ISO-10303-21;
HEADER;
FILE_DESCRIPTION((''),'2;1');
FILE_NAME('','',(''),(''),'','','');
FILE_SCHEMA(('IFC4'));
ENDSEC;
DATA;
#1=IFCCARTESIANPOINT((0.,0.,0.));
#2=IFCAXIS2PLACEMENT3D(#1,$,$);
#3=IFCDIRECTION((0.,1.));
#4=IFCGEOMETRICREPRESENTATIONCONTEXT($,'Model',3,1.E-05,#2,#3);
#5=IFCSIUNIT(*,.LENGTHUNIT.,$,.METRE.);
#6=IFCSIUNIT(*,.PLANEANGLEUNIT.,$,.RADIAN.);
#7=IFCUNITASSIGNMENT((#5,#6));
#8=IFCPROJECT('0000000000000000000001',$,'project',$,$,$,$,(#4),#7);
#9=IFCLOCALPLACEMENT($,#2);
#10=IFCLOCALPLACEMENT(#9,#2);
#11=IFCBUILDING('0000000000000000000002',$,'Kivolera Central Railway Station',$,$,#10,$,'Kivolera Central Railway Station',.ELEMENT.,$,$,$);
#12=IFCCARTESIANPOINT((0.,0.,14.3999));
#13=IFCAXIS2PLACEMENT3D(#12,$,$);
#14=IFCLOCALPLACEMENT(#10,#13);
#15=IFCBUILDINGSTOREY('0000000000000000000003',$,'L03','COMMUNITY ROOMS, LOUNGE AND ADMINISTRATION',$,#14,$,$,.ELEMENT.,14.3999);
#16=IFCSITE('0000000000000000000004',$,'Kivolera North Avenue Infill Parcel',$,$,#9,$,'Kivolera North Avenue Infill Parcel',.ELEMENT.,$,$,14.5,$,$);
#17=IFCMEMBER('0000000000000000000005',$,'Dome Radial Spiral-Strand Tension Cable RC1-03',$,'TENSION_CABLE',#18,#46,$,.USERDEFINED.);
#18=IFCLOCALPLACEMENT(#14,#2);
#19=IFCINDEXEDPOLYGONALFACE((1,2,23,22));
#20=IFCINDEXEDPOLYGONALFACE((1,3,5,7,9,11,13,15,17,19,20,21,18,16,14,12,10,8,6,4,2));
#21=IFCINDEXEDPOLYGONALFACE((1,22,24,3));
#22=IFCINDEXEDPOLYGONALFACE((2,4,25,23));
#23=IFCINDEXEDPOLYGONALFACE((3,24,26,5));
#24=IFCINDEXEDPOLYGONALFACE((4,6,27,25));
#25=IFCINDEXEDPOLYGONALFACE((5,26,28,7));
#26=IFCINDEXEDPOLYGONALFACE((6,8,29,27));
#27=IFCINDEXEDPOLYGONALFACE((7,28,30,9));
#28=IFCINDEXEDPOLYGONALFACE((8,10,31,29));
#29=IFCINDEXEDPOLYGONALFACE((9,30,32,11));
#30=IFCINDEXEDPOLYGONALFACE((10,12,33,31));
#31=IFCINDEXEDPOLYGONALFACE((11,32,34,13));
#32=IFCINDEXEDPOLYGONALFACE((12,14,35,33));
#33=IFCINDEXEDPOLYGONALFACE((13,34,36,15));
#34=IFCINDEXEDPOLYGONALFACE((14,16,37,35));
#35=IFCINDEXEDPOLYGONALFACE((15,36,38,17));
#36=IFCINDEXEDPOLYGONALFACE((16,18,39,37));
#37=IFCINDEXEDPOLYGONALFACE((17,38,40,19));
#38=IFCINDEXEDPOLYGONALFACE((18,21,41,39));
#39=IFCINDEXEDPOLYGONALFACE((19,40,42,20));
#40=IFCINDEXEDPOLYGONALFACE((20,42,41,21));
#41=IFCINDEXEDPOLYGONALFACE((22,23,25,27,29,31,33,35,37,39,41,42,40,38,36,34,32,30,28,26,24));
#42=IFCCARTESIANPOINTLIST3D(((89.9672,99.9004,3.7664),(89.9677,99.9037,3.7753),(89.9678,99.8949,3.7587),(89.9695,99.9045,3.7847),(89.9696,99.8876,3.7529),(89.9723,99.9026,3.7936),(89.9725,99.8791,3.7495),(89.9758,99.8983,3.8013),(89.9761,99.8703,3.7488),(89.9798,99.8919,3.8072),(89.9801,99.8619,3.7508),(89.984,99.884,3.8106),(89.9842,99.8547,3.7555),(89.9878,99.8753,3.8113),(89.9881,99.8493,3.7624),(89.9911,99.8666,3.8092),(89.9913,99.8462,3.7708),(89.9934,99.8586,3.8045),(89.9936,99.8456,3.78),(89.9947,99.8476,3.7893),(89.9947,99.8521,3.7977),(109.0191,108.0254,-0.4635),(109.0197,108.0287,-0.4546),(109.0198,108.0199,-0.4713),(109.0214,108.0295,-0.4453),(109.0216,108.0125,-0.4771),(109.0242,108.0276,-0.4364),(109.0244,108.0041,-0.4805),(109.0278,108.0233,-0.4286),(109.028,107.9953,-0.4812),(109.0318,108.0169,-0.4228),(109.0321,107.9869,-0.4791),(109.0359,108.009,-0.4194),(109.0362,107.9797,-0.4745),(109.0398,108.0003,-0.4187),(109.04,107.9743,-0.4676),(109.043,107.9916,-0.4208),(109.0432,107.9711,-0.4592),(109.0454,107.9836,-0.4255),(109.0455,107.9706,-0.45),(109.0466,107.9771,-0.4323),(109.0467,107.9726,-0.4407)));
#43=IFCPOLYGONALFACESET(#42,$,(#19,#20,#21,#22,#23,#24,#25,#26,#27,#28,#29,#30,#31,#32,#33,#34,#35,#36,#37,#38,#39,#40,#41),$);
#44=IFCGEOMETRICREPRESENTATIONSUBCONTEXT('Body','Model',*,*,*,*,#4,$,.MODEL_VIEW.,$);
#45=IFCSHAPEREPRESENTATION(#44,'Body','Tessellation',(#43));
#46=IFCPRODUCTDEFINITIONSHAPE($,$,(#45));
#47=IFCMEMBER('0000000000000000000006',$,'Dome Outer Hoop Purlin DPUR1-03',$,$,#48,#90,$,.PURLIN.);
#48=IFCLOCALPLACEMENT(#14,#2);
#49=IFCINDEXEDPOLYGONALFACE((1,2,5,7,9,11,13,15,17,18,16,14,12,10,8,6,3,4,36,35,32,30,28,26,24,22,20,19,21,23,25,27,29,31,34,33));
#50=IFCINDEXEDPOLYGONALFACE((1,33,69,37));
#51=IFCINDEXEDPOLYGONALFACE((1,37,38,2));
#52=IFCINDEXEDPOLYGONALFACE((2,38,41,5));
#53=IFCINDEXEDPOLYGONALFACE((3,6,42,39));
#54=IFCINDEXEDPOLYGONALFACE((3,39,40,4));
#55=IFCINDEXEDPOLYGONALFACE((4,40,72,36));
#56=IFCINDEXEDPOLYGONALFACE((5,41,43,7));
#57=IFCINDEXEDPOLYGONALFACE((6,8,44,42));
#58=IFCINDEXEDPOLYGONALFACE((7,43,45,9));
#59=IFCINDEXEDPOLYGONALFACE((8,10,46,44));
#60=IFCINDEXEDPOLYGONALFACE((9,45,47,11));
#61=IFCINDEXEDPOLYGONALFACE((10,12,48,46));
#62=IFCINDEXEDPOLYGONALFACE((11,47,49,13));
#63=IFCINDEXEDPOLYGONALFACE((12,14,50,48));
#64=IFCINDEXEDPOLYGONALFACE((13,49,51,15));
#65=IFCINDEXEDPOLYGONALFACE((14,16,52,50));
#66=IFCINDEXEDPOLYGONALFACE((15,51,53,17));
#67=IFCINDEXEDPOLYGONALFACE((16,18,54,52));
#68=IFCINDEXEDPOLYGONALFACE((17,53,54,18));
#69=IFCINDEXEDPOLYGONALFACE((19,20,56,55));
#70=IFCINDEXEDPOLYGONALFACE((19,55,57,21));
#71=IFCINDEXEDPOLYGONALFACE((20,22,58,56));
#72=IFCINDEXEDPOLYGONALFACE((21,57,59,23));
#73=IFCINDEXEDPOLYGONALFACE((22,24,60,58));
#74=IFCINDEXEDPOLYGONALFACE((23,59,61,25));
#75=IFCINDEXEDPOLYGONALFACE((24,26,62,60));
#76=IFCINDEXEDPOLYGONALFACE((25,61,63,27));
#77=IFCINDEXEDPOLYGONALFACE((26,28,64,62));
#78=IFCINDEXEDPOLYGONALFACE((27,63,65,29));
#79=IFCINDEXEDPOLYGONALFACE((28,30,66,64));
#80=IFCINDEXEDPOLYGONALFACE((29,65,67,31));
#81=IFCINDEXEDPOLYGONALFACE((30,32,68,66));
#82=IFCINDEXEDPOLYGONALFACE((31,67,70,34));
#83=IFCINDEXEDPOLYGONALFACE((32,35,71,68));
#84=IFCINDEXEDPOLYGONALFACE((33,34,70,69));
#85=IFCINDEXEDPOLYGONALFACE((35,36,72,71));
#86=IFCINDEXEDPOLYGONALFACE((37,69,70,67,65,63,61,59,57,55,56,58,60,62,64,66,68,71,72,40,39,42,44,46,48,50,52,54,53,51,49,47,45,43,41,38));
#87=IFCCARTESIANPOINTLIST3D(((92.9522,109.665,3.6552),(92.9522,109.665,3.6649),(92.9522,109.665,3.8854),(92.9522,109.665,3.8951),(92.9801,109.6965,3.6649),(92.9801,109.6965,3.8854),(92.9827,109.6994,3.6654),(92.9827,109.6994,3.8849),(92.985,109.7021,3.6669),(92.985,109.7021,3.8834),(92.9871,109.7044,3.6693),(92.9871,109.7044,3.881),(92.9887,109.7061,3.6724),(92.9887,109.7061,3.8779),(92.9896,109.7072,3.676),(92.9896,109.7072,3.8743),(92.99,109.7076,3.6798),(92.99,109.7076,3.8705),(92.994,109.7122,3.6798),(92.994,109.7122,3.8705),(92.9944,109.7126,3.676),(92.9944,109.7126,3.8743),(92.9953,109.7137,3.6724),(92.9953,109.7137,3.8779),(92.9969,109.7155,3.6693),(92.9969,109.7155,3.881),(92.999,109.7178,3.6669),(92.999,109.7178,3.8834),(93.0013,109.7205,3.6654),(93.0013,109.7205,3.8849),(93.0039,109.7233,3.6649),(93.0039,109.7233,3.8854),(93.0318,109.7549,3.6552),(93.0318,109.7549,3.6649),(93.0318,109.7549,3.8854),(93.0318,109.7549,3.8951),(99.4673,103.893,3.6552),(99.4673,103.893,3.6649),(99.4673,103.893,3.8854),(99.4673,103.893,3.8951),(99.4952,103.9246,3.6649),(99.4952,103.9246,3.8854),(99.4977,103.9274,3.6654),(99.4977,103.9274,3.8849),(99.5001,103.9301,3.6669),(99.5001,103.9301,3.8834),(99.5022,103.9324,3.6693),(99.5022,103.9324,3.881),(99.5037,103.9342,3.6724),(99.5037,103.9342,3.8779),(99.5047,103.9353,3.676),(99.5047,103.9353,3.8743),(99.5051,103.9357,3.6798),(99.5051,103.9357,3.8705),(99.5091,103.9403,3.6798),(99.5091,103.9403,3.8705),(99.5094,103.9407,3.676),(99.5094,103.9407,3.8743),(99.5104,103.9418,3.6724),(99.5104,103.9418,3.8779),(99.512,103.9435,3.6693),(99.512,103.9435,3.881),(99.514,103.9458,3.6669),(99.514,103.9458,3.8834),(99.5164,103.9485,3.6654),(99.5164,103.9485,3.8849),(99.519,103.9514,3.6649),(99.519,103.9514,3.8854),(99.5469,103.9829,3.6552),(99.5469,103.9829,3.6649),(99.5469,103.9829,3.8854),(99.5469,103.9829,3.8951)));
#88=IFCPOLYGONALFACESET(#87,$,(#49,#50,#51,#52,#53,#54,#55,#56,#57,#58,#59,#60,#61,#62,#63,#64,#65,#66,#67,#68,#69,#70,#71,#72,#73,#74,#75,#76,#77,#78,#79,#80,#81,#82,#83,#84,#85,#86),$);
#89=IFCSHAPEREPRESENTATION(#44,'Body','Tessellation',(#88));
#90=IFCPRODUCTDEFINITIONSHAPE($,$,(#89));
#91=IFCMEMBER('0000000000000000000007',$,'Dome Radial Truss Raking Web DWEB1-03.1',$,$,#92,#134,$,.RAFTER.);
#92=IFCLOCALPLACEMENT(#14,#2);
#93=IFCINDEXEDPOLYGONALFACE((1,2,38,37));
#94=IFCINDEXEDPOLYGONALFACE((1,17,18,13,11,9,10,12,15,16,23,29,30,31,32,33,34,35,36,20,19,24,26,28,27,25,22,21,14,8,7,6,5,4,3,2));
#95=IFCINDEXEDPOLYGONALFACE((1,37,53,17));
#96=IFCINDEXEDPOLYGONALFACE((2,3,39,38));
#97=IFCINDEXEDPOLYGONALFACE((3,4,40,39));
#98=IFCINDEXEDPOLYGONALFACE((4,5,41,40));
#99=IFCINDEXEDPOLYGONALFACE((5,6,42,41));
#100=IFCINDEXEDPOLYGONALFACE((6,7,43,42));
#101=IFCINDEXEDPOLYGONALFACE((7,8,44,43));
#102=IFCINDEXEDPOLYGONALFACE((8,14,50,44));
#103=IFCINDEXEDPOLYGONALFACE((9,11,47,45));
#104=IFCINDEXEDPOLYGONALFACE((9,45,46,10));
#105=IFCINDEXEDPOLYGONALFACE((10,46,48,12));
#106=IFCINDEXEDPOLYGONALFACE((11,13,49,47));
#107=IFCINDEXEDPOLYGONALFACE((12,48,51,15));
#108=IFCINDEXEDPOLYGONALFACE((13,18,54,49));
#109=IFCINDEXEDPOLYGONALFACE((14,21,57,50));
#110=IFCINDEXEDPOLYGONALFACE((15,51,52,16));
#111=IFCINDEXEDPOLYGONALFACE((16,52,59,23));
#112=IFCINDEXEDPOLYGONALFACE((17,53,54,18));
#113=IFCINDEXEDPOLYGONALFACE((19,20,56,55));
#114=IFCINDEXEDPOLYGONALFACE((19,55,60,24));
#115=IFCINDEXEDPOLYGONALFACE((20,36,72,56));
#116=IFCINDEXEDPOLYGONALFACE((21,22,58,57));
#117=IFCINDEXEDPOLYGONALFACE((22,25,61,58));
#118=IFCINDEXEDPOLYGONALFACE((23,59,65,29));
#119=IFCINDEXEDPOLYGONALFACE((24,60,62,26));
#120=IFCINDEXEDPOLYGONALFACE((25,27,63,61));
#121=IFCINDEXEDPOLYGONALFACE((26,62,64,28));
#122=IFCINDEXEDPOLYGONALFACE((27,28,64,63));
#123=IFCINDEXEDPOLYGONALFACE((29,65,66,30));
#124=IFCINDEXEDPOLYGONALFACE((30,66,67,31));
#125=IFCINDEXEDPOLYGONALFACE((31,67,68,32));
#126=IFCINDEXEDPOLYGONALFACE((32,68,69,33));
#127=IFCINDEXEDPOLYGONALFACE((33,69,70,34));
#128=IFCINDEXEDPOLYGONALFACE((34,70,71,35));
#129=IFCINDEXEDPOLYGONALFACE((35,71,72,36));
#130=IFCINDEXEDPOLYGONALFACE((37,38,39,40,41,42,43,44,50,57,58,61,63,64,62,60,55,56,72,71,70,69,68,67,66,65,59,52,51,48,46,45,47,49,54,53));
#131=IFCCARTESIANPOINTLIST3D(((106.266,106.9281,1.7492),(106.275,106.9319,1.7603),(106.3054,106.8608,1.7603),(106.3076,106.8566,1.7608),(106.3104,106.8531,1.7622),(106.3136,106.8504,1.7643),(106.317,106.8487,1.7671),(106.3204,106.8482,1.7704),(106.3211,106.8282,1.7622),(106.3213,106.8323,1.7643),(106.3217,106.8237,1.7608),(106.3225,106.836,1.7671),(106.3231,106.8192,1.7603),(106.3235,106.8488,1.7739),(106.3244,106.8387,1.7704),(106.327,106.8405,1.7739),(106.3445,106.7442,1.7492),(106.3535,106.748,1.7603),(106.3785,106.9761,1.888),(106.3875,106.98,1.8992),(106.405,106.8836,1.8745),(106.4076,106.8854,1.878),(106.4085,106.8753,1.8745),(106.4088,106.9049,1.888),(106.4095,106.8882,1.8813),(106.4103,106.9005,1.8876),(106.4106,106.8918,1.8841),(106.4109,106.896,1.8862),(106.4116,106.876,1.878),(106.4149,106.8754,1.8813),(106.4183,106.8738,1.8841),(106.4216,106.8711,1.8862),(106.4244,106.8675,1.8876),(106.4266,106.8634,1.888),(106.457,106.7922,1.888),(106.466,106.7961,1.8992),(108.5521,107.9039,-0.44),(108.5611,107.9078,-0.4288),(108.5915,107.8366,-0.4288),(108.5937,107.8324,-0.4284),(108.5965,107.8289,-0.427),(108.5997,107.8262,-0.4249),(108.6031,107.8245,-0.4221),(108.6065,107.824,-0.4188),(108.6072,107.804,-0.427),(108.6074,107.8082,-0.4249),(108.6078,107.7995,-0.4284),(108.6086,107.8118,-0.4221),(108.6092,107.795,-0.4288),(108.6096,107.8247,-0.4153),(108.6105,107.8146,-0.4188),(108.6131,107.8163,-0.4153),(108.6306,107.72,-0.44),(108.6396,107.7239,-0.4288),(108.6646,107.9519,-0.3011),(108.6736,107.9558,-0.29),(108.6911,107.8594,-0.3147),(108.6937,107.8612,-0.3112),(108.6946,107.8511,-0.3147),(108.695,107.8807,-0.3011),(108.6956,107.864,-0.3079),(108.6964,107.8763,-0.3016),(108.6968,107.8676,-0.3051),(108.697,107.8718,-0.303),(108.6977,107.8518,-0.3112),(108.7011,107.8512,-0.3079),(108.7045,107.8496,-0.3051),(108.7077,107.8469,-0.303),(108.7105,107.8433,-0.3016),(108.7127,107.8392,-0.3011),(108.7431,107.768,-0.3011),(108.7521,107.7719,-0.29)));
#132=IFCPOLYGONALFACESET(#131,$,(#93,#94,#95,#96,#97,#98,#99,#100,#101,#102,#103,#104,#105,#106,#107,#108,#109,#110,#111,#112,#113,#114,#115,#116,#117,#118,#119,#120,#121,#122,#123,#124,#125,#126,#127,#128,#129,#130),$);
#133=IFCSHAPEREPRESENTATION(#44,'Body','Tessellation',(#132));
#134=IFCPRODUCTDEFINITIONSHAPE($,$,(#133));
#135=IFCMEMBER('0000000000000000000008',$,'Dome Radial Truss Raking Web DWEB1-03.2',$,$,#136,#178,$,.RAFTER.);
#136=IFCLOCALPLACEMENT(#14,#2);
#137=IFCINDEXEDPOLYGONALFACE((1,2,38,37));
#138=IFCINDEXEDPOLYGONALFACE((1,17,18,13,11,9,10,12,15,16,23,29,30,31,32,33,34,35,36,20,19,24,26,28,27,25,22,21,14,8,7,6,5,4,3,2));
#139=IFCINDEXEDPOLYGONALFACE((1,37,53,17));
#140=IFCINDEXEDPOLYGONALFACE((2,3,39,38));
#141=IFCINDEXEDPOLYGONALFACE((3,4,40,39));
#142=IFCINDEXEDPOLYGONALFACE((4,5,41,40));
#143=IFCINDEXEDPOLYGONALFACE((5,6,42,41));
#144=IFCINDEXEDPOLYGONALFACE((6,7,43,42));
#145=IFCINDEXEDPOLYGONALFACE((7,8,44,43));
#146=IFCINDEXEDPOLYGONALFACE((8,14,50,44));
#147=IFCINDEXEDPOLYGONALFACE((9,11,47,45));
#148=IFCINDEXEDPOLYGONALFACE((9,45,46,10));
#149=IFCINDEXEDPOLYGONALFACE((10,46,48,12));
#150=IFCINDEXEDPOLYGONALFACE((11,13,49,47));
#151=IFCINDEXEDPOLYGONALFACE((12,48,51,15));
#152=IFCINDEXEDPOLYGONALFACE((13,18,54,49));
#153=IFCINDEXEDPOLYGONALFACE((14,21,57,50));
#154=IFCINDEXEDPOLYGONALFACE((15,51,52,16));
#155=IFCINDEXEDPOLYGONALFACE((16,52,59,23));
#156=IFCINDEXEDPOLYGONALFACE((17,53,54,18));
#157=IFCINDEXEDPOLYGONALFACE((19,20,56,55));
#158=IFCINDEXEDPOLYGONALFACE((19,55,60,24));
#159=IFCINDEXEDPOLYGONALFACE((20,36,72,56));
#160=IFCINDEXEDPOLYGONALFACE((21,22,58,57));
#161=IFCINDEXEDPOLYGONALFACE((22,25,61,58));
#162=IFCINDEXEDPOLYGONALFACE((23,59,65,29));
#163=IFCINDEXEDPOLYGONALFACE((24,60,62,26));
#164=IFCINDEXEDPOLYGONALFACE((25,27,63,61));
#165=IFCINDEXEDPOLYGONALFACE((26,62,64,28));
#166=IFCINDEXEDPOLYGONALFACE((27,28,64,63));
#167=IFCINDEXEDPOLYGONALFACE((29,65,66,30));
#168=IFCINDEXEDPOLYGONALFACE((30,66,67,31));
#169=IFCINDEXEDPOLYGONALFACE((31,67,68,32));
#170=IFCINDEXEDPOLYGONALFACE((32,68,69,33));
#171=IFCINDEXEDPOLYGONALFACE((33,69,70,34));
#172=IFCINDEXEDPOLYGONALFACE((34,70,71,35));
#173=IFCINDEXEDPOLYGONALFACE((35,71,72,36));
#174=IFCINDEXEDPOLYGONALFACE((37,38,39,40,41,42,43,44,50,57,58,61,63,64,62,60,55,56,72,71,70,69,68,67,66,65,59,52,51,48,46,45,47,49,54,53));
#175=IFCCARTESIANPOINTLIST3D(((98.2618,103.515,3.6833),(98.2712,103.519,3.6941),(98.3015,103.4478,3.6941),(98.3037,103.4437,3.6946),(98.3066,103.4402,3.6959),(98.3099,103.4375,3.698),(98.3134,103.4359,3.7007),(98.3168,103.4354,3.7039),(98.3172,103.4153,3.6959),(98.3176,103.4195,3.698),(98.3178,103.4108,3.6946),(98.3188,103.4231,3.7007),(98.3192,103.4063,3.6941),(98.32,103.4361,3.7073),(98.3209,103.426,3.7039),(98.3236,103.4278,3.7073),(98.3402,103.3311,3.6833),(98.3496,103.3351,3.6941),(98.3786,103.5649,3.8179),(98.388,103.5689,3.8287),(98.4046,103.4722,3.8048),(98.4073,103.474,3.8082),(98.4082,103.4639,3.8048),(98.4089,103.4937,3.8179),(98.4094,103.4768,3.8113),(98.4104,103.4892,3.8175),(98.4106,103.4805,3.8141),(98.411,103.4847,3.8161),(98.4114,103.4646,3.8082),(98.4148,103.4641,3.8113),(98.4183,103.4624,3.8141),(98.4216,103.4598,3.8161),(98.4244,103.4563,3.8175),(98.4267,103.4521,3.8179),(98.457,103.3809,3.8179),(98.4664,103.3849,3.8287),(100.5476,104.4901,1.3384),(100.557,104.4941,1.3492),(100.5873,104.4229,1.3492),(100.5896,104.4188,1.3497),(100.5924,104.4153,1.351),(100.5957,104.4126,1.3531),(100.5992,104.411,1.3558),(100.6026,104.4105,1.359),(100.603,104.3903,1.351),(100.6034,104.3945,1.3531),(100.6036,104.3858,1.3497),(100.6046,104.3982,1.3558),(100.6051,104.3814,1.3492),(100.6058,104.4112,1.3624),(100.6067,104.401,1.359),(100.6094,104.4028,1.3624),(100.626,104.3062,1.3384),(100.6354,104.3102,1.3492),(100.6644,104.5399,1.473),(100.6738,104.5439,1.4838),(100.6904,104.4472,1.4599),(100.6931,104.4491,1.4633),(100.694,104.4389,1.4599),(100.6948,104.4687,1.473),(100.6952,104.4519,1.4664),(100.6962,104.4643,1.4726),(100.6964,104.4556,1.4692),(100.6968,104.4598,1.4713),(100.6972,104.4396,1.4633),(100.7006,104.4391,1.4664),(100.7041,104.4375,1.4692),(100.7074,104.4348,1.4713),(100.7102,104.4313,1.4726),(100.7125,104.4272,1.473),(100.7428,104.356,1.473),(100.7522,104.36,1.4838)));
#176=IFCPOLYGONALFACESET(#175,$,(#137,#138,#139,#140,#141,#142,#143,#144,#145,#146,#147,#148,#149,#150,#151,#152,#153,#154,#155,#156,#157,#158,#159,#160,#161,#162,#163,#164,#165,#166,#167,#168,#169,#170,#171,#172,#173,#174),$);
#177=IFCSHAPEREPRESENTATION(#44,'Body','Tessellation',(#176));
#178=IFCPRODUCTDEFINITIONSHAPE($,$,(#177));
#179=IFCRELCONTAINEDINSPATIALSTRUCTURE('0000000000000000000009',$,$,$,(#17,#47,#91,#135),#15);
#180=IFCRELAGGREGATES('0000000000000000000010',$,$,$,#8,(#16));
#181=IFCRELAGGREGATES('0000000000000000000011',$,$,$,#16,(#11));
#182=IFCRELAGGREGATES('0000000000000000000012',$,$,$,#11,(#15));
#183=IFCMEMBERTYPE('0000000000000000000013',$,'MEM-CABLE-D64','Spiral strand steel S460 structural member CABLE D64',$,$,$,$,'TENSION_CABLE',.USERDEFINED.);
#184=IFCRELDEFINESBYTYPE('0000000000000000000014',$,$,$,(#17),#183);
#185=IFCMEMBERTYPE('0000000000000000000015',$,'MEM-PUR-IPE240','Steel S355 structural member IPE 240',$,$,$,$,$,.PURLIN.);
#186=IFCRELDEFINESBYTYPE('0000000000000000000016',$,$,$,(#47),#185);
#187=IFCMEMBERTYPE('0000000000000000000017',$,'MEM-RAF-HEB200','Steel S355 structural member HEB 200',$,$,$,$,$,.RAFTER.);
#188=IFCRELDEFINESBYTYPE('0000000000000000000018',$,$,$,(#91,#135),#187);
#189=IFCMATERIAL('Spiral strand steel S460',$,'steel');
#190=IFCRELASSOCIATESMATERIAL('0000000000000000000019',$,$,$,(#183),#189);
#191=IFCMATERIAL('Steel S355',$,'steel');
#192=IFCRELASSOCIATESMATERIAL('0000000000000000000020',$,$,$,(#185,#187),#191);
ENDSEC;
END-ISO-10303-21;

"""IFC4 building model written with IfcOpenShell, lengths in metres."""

from ifc_helpers import new_model, si_unit, direction, frame, origin, origin_2d, place, context, subcontext, project, spatial, circle, i_section, extrude, material, material_profile, profile_set, type_object, element, save


model = new_model("IFC4")

# Units and contexts
model_context = context("Model", 3, precision=1e-05, world=origin(), true_north=direction((0.0, 1.0)))
body_context = subcontext(model_context, "Body", "Model", "MODEL_VIEW")
ifc_project = project(units=[si_unit("LENGTHUNIT", "METRE"), si_unit("PLANEANGLEUNIT", "RADIAN")], contexts=[model_context])

# Site, building, storey
site_placement = place(None, origin())
site = spatial("IfcSite", under=ifc_project, at=site_placement, Name="Kivolera North Avenue Infill Parcel", LongName="Kivolera North Avenue Infill Parcel", CompositionType="ELEMENT", RefElevation=14.5)
building_placement = place(site_placement, origin())
building = spatial("IfcBuilding", under=site, at=building_placement, Name="Kivolera Central Railway Station", LongName="Kivolera Central Railway Station", CompositionType="ELEMENT")
storey_placement = place(building_placement, frame((0.0, 0.0, 14.3999)))
storey = spatial("IfcBuildingStorey", under=building, at=storey_placement, Name="L03", Description="COMMUNITY ROOMS, LOUNGE AND ADMINISTRATION", CompositionType="ELEMENT", Elevation=14.3999)

# Shared definitions
ifc_material_1 = material(Name="Steel S355", Category="steel")

# Members
ifc_material_2 = material(Name="Spiral strand steel S460", Category="steel")
ifc_material_profile_1 = material_profile(ifc_material_2, circle(Radius=0.032, at=origin_2d()), Name="CABLE D64")
ifc_profile_set_1 = profile_set([ifc_material_profile_1], Name="Spiral strand steel S460")
member_type_1 = type_object("IfcMemberType", Name="MEM-CABLE-D64", Description="Spiral strand steel S460 structural member CABLE D64", ElementType="TENSION_CABLE", PredefinedType="USERDEFINED", material=ifc_profile_set_1)
member_1_placement = place(storey_placement, frame((109.033, 108.0, -0.45), z_axis=(-0.901243, -0.384348, 0.200096), x_axis=(0.392281, -0.919845, 0.0)))
element("IfcMember", 1, at=member_1_placement, inside=storey, type_object=member_type_1, Name="Dome Radial Spiral-Strand Tension Cable RC1-03", ObjectType="TENSION_CABLE", PredefinedType="USERDEFINED", context=body_context, shape_type="SweptSolid", body=[
    extrude(circle(Radius=0.032, at=origin_2d()), origin(), (0.0, 0.0, 1.0), 21.1396),
])
ifc_material_profile_2 = material_profile(ifc_material_1, i_section(OverallWidth=0.1201, OverallDepth=0.24, WebThickness=0.0061, FlangeThickness=0.0098, FilletRadius=0.0149, at=origin_2d()), Name="IPE 240")
ifc_profile_set_2 = profile_set([ifc_material_profile_2], Name="Steel S355")
member_type_2 = type_object("IfcMemberType", Name="MEM-PUR-IPE240", Description="Steel S355 structural member IPE 240", PredefinedType="PURLIN", material=ifc_profile_set_2)
member_2_placement = place(storey_placement, frame((99.5071, 103.938, 3.7751), z_axis=(-0.748507, 0.663127, 0.0), x_axis=(-0.663127, -0.748507, 0.0)))
element("IfcMember", 2, at=member_2_placement, inside=storey, type_object=member_type_2, Name="Dome Outer Hoop Purlin DPUR1-03", PredefinedType="PURLIN", context=body_context, shape_type="SweptSolid", body=[
    extrude(i_section(OverallWidth=0.1201, OverallDepth=0.24, WebThickness=0.0061, FlangeThickness=0.0098, FilletRadius=0.0149, at=origin_2d()), origin(), (0.0, 0.0, 1.0), 8.7041),
])
ifc_material_profile_3 = material_profile(ifc_material_1, i_section(OverallWidth=0.2, OverallDepth=0.2, WebThickness=0.009, FlangeThickness=0.0149, FilletRadius=0.0181, at=origin_2d()), Name="HEB 200")
ifc_profile_set_3 = profile_set([ifc_material_profile_3], Name="Steel S355")
member_type_3 = type_object("IfcMemberType", Name="MEM-RAF-HEB200", Description="Steel S355 structural member HEB 200", PredefinedType="RAFTER", material=ifc_profile_set_3)
member_3_placement = place(storey_placement, frame((108.6521, 107.8379, -0.365), z_axis=(-0.690196, -0.294609, 0.660935), x_axis=(0.392579, -0.919718, 0.0)))
element("IfcMember", 3, at=member_3_placement, inside=storey, type_object=member_type_3, Name="Dome Radial Truss Raking Web DWEB1-03.1", PredefinedType="RAFTER", context=body_context, shape_type="SweptSolid", body=[
    extrude(i_section(OverallWidth=0.2, OverallDepth=0.2, WebThickness=0.009, FlangeThickness=0.0149, FilletRadius=0.0181, at=origin_2d()), origin(), (0.0, 0.0, 1.0), 3.3123),
])
member_4_placement = place(storey_placement, frame((100.6499, 104.425, 1.4111), z_axis=(-0.669001, -0.285378, 0.686292), x_axis=(0.392366, -0.919809, 0.0)))
element("IfcMember", 4, at=member_4_placement, inside=storey, type_object=member_type_3, Name="Dome Radial Truss Raking Web DWEB1-03.2", PredefinedType="RAFTER", context=body_context, shape_type="SweptSolid", body=[
    extrude(i_section(OverallWidth=0.2, OverallDepth=0.2, WebThickness=0.009, FlangeThickness=0.0149, FilletRadius=0.0181, at=origin_2d()), origin(), (0.0, 0.0, 1.0), 3.4167),
])

save(model, "model.ifc")
